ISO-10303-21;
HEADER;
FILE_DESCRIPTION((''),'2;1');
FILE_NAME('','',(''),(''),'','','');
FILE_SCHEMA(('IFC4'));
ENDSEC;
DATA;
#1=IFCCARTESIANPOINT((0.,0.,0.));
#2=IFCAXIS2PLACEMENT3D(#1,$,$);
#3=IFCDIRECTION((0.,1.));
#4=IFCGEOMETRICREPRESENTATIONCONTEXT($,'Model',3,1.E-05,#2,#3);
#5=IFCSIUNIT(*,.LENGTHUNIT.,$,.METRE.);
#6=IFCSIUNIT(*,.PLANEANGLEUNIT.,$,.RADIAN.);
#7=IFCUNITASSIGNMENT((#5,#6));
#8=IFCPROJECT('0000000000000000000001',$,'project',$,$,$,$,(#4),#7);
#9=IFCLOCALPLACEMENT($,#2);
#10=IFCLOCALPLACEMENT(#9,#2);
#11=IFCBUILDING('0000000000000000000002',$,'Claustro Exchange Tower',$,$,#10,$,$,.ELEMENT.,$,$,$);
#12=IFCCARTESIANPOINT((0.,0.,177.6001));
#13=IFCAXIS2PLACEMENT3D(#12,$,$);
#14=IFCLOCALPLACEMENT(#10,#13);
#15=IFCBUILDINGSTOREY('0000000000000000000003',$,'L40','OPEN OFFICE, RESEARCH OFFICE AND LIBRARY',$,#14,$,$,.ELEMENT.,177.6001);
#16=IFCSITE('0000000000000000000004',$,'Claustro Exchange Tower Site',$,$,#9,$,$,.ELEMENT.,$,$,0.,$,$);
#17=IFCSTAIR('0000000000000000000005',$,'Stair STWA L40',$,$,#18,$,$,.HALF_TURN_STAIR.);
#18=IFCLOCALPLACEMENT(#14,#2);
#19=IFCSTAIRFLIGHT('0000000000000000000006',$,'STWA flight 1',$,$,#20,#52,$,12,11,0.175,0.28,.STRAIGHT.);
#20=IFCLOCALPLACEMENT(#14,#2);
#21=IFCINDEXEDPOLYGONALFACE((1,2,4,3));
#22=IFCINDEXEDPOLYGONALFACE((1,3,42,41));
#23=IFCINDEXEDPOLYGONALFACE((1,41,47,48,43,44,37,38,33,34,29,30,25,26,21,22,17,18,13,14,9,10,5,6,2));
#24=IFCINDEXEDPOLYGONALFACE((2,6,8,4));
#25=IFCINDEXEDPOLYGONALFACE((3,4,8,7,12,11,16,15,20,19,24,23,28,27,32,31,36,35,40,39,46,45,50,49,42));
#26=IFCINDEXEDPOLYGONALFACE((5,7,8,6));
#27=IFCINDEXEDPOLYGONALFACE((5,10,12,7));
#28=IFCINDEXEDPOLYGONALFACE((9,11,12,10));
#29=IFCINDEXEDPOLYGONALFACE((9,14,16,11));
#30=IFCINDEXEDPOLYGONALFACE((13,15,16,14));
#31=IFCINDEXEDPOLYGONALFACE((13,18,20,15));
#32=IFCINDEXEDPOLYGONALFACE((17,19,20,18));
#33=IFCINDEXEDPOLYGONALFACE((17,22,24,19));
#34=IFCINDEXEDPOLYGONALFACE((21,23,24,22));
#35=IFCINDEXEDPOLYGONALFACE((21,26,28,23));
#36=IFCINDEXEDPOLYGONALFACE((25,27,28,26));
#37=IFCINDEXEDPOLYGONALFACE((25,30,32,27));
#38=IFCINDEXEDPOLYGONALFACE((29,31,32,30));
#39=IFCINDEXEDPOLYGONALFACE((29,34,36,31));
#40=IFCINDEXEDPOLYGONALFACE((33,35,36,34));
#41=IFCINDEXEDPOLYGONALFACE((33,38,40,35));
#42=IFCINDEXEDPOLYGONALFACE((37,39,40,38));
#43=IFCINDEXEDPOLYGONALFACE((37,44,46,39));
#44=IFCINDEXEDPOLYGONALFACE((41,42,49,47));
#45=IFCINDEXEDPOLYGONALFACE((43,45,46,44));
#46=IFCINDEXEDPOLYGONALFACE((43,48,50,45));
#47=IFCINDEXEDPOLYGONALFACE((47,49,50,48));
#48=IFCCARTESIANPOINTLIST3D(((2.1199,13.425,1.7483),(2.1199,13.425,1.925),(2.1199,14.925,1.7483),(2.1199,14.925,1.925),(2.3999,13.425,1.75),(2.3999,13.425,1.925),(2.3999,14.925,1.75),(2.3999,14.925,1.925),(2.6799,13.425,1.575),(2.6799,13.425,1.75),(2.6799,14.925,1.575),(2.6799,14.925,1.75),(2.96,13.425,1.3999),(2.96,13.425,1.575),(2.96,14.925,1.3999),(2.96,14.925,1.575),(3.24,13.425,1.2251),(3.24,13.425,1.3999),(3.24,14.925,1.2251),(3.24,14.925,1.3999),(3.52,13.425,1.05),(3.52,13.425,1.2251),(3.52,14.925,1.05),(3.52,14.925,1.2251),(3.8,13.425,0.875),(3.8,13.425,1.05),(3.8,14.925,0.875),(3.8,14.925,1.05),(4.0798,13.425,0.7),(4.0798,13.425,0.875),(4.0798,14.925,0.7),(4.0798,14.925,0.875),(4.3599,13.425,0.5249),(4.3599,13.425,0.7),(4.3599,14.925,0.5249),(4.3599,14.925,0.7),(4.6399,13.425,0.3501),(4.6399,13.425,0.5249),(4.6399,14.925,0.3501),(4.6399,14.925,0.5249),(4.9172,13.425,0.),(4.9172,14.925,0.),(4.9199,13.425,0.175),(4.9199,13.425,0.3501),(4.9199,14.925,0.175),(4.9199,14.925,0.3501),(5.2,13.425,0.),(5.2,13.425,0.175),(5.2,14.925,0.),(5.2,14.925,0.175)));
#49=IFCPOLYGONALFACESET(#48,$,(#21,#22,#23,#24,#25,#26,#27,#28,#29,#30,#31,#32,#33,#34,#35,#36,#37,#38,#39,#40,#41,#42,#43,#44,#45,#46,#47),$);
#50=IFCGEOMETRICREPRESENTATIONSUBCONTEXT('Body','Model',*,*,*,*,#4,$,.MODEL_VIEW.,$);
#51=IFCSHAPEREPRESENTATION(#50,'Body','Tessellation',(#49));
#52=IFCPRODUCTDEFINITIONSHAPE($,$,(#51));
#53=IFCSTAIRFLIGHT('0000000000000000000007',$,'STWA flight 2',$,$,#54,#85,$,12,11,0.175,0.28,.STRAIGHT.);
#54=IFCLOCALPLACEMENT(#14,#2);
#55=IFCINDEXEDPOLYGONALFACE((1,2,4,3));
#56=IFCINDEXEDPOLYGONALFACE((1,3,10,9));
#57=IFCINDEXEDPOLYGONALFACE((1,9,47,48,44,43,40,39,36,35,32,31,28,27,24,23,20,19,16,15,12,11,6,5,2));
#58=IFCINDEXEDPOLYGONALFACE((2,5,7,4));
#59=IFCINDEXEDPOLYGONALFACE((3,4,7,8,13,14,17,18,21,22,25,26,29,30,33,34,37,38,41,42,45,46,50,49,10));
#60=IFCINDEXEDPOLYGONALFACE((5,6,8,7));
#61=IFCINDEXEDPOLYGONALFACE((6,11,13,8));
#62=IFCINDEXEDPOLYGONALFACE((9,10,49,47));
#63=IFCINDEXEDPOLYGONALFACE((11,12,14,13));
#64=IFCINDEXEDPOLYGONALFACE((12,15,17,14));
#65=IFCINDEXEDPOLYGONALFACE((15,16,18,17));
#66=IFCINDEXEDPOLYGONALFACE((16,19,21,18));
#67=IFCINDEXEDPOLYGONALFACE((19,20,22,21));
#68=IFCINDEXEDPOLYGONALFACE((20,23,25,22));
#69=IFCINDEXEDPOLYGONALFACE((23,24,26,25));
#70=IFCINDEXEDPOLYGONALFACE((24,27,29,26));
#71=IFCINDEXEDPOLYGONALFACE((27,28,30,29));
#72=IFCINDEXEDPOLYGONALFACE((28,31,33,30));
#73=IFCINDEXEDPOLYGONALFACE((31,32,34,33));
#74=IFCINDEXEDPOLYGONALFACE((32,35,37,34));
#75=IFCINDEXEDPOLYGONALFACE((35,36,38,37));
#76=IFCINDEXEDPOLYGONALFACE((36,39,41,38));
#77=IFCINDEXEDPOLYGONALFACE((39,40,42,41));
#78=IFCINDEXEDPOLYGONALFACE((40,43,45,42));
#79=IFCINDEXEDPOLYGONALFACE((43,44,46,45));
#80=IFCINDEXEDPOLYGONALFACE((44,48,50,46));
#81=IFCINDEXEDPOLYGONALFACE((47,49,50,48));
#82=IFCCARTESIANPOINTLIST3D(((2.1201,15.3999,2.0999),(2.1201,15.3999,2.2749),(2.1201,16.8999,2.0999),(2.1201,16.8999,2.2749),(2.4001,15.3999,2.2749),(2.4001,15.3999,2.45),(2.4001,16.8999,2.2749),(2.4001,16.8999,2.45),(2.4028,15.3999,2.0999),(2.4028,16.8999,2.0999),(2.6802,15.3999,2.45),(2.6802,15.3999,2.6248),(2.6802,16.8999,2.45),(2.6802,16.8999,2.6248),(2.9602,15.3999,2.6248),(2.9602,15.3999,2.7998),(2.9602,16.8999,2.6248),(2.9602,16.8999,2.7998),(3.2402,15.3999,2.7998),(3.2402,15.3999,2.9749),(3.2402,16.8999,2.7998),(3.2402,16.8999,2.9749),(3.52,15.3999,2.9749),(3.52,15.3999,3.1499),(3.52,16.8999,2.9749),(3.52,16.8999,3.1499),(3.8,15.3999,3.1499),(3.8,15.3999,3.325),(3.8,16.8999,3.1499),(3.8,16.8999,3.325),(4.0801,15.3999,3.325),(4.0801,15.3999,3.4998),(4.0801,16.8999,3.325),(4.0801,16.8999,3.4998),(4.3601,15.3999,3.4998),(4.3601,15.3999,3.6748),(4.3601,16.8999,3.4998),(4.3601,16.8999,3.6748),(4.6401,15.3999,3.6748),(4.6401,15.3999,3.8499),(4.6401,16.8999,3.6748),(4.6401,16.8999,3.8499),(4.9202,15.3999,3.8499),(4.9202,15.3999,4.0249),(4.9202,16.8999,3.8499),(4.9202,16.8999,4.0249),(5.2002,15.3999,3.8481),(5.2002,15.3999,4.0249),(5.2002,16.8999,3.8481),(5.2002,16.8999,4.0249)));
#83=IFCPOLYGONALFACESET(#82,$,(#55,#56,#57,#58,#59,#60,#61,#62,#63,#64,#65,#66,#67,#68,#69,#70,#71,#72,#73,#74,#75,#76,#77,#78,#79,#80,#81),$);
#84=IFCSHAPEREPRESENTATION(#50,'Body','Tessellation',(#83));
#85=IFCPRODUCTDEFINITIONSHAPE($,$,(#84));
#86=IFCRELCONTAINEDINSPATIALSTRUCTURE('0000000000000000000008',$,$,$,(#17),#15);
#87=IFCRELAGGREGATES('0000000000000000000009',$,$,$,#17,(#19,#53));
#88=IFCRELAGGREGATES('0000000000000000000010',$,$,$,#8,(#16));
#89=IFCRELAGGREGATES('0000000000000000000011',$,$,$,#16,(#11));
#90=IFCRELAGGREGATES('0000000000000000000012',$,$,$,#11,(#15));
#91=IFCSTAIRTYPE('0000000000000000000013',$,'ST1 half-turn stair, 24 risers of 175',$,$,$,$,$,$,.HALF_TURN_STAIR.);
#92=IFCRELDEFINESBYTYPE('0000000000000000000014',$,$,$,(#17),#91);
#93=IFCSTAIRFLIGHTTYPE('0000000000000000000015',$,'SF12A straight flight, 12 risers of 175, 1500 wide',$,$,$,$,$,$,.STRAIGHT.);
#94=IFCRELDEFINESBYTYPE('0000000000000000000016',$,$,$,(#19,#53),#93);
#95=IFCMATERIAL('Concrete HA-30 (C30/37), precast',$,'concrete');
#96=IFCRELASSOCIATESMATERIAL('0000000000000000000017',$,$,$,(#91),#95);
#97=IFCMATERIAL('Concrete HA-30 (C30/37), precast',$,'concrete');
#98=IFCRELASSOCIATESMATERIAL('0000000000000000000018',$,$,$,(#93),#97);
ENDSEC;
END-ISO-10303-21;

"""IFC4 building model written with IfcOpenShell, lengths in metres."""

from ifc_helpers import new_model, si_unit, direction, frame, origin, place, context, subcontext, project, spatial, polyline, outline, extrude, material, type_object, element, aggregate, save


model = new_model("IFC4")

# Units and contexts
model_context = context("Model", 3, precision=1e-05, world=origin(), true_north=direction((0.0, 1.0)))
body_context = subcontext(model_context, "Body", "Model", "MODEL_VIEW")
ifc_project = project(units=[si_unit("LENGTHUNIT", "METRE"), si_unit("PLANEANGLEUNIT", "RADIAN")], contexts=[model_context])

# Site, building, storey
site_placement = place(None, origin())
site = spatial("IfcSite", under=ifc_project, at=site_placement, Name="Claustro Exchange Tower Site", CompositionType="ELEMENT", RefElevation=0.0)
building_placement = place(site_placement, origin())
building = spatial("IfcBuilding", under=site, at=building_placement, Name="Claustro Exchange Tower", CompositionType="ELEMENT")
storey_placement = place(building_placement, frame((0.0, 0.0, 177.6001)))
storey = spatial("IfcBuildingStorey", under=building, at=storey_placement, Name="L40", Description="OPEN OFFICE, RESEARCH OFFICE AND LIBRARY", CompositionType="ELEMENT", Elevation=177.6001)

# Stair, stair flights
ifc_material_1 = material(Name="Concrete HA-30 (C30/37), precast", Category="concrete")
stair_type = type_object("IfcStairType", Name="ST1 half-turn stair, 24 risers of 175", PredefinedType="HALF_TURN_STAIR", material=ifc_material_1)
stair_placement = place(storey_placement, origin())
stair = element("IfcStair", 1, at=stair_placement, inside=storey, type_object=stair_type, Name="Stair STWA L40", PredefinedType="HALF_TURN_STAIR")
ifc_material_2 = material(Name="Concrete HA-30 (C30/37), precast", Category="concrete")
stair_flight_type = type_object("IfcStairFlightType", Name="SF12A straight flight, 12 risers of 175, 1500 wide", PredefinedType="STRAIGHT", material=ifc_material_2)
stair_flight_1_placement = place(storey_placement, frame((5.2, 14.175, 0.0), z_axis=(0.0, 0.0, 1.0), x_axis=(-1.0, 0.0, 0.0)))
stair_flight_1 = element("IfcStairFlight", 2, at=stair_flight_1_placement, type_object=stair_flight_type, Name="STWA flight 1", NumberOfRisers=12, NumberOfTreads=11, PredefinedType="STRAIGHT", RiserHeight=0.175, TreadLength=0.28, context=body_context, shape_type="SweptSolid", body=[
    extrude(outline(polyline([(0.0, 0.0), (0.0, 0.175), (0.28, 0.175), (0.28, 0.3501), (0.5601, 0.3501), (0.5601, 0.5249), (0.8401, 0.5249), (0.8401, 0.7), (1.1201, 0.7), (1.1201, 0.875), (1.3999, 0.875), (1.3999, 1.05), (1.6799, 1.05), (1.6799, 1.2251), (1.96, 1.2251), (1.96, 1.3999), (2.24, 1.3999), (2.24, 1.575), (2.52, 1.575), (2.52, 1.75), (2.8, 1.75), (2.8, 1.925), (3.0801, 1.925), (3.0801, 2.1001), (3.0801, 1.7483), (0.2827, 0.0), (0.0, 0.0)])), frame((0.0, 0.75, 0.0), z_axis=(0.0, -1.0, 0.0), x_axis=(1.0, 0.0, 0.0)), (0.0, 0.0, 1.0), 1.5),
])
stair_flight_2_placement = place(storey_placement, frame((2.1201, 16.1499, 2.0999), z_axis=(0.0, 0.0, 1.0), x_axis=(1.0, 0.0, 0.0)))
stair_flight_2 = element("IfcStairFlight", 3, at=stair_flight_2_placement, type_object=stair_flight_type, Name="STWA flight 2", NumberOfRisers=12, NumberOfTreads=11, PredefinedType="STRAIGHT", RiserHeight=0.175, TreadLength=0.28, context=body_context, shape_type="SweptSolid", body=[
    extrude(outline(polyline([(0.0, 0.0), (0.0, 0.175), (0.28, 0.175), (0.28, 0.3501), (0.5601, 0.3501), (0.5601, 0.5249), (0.8401, 0.5249), (0.8401, 0.7), (1.1201, 0.7), (1.1201, 0.875), (1.3999, 0.875), (1.3999, 1.05), (1.6799, 1.05), (1.6799, 1.2251), (1.96, 1.2251), (1.96, 1.3999), (2.24, 1.3999), (2.24, 1.575), (2.52, 1.575), (2.52, 1.75), (2.8, 1.75), (2.8, 1.925), (3.0801, 1.925), (3.0801, 2.1001), (3.0801, 1.7483), (0.2827, 0.0), (0.0, 0.0)])), frame((0.0, 0.75, 0.0), z_axis=(0.0, -1.0, 0.0), x_axis=(1.0, 0.0, 0.0)), (0.0, 0.0, 1.0), 1.5),
])
aggregate(stair, [stair_flight_1, stair_flight_2])

save(model, "model.ifc")
